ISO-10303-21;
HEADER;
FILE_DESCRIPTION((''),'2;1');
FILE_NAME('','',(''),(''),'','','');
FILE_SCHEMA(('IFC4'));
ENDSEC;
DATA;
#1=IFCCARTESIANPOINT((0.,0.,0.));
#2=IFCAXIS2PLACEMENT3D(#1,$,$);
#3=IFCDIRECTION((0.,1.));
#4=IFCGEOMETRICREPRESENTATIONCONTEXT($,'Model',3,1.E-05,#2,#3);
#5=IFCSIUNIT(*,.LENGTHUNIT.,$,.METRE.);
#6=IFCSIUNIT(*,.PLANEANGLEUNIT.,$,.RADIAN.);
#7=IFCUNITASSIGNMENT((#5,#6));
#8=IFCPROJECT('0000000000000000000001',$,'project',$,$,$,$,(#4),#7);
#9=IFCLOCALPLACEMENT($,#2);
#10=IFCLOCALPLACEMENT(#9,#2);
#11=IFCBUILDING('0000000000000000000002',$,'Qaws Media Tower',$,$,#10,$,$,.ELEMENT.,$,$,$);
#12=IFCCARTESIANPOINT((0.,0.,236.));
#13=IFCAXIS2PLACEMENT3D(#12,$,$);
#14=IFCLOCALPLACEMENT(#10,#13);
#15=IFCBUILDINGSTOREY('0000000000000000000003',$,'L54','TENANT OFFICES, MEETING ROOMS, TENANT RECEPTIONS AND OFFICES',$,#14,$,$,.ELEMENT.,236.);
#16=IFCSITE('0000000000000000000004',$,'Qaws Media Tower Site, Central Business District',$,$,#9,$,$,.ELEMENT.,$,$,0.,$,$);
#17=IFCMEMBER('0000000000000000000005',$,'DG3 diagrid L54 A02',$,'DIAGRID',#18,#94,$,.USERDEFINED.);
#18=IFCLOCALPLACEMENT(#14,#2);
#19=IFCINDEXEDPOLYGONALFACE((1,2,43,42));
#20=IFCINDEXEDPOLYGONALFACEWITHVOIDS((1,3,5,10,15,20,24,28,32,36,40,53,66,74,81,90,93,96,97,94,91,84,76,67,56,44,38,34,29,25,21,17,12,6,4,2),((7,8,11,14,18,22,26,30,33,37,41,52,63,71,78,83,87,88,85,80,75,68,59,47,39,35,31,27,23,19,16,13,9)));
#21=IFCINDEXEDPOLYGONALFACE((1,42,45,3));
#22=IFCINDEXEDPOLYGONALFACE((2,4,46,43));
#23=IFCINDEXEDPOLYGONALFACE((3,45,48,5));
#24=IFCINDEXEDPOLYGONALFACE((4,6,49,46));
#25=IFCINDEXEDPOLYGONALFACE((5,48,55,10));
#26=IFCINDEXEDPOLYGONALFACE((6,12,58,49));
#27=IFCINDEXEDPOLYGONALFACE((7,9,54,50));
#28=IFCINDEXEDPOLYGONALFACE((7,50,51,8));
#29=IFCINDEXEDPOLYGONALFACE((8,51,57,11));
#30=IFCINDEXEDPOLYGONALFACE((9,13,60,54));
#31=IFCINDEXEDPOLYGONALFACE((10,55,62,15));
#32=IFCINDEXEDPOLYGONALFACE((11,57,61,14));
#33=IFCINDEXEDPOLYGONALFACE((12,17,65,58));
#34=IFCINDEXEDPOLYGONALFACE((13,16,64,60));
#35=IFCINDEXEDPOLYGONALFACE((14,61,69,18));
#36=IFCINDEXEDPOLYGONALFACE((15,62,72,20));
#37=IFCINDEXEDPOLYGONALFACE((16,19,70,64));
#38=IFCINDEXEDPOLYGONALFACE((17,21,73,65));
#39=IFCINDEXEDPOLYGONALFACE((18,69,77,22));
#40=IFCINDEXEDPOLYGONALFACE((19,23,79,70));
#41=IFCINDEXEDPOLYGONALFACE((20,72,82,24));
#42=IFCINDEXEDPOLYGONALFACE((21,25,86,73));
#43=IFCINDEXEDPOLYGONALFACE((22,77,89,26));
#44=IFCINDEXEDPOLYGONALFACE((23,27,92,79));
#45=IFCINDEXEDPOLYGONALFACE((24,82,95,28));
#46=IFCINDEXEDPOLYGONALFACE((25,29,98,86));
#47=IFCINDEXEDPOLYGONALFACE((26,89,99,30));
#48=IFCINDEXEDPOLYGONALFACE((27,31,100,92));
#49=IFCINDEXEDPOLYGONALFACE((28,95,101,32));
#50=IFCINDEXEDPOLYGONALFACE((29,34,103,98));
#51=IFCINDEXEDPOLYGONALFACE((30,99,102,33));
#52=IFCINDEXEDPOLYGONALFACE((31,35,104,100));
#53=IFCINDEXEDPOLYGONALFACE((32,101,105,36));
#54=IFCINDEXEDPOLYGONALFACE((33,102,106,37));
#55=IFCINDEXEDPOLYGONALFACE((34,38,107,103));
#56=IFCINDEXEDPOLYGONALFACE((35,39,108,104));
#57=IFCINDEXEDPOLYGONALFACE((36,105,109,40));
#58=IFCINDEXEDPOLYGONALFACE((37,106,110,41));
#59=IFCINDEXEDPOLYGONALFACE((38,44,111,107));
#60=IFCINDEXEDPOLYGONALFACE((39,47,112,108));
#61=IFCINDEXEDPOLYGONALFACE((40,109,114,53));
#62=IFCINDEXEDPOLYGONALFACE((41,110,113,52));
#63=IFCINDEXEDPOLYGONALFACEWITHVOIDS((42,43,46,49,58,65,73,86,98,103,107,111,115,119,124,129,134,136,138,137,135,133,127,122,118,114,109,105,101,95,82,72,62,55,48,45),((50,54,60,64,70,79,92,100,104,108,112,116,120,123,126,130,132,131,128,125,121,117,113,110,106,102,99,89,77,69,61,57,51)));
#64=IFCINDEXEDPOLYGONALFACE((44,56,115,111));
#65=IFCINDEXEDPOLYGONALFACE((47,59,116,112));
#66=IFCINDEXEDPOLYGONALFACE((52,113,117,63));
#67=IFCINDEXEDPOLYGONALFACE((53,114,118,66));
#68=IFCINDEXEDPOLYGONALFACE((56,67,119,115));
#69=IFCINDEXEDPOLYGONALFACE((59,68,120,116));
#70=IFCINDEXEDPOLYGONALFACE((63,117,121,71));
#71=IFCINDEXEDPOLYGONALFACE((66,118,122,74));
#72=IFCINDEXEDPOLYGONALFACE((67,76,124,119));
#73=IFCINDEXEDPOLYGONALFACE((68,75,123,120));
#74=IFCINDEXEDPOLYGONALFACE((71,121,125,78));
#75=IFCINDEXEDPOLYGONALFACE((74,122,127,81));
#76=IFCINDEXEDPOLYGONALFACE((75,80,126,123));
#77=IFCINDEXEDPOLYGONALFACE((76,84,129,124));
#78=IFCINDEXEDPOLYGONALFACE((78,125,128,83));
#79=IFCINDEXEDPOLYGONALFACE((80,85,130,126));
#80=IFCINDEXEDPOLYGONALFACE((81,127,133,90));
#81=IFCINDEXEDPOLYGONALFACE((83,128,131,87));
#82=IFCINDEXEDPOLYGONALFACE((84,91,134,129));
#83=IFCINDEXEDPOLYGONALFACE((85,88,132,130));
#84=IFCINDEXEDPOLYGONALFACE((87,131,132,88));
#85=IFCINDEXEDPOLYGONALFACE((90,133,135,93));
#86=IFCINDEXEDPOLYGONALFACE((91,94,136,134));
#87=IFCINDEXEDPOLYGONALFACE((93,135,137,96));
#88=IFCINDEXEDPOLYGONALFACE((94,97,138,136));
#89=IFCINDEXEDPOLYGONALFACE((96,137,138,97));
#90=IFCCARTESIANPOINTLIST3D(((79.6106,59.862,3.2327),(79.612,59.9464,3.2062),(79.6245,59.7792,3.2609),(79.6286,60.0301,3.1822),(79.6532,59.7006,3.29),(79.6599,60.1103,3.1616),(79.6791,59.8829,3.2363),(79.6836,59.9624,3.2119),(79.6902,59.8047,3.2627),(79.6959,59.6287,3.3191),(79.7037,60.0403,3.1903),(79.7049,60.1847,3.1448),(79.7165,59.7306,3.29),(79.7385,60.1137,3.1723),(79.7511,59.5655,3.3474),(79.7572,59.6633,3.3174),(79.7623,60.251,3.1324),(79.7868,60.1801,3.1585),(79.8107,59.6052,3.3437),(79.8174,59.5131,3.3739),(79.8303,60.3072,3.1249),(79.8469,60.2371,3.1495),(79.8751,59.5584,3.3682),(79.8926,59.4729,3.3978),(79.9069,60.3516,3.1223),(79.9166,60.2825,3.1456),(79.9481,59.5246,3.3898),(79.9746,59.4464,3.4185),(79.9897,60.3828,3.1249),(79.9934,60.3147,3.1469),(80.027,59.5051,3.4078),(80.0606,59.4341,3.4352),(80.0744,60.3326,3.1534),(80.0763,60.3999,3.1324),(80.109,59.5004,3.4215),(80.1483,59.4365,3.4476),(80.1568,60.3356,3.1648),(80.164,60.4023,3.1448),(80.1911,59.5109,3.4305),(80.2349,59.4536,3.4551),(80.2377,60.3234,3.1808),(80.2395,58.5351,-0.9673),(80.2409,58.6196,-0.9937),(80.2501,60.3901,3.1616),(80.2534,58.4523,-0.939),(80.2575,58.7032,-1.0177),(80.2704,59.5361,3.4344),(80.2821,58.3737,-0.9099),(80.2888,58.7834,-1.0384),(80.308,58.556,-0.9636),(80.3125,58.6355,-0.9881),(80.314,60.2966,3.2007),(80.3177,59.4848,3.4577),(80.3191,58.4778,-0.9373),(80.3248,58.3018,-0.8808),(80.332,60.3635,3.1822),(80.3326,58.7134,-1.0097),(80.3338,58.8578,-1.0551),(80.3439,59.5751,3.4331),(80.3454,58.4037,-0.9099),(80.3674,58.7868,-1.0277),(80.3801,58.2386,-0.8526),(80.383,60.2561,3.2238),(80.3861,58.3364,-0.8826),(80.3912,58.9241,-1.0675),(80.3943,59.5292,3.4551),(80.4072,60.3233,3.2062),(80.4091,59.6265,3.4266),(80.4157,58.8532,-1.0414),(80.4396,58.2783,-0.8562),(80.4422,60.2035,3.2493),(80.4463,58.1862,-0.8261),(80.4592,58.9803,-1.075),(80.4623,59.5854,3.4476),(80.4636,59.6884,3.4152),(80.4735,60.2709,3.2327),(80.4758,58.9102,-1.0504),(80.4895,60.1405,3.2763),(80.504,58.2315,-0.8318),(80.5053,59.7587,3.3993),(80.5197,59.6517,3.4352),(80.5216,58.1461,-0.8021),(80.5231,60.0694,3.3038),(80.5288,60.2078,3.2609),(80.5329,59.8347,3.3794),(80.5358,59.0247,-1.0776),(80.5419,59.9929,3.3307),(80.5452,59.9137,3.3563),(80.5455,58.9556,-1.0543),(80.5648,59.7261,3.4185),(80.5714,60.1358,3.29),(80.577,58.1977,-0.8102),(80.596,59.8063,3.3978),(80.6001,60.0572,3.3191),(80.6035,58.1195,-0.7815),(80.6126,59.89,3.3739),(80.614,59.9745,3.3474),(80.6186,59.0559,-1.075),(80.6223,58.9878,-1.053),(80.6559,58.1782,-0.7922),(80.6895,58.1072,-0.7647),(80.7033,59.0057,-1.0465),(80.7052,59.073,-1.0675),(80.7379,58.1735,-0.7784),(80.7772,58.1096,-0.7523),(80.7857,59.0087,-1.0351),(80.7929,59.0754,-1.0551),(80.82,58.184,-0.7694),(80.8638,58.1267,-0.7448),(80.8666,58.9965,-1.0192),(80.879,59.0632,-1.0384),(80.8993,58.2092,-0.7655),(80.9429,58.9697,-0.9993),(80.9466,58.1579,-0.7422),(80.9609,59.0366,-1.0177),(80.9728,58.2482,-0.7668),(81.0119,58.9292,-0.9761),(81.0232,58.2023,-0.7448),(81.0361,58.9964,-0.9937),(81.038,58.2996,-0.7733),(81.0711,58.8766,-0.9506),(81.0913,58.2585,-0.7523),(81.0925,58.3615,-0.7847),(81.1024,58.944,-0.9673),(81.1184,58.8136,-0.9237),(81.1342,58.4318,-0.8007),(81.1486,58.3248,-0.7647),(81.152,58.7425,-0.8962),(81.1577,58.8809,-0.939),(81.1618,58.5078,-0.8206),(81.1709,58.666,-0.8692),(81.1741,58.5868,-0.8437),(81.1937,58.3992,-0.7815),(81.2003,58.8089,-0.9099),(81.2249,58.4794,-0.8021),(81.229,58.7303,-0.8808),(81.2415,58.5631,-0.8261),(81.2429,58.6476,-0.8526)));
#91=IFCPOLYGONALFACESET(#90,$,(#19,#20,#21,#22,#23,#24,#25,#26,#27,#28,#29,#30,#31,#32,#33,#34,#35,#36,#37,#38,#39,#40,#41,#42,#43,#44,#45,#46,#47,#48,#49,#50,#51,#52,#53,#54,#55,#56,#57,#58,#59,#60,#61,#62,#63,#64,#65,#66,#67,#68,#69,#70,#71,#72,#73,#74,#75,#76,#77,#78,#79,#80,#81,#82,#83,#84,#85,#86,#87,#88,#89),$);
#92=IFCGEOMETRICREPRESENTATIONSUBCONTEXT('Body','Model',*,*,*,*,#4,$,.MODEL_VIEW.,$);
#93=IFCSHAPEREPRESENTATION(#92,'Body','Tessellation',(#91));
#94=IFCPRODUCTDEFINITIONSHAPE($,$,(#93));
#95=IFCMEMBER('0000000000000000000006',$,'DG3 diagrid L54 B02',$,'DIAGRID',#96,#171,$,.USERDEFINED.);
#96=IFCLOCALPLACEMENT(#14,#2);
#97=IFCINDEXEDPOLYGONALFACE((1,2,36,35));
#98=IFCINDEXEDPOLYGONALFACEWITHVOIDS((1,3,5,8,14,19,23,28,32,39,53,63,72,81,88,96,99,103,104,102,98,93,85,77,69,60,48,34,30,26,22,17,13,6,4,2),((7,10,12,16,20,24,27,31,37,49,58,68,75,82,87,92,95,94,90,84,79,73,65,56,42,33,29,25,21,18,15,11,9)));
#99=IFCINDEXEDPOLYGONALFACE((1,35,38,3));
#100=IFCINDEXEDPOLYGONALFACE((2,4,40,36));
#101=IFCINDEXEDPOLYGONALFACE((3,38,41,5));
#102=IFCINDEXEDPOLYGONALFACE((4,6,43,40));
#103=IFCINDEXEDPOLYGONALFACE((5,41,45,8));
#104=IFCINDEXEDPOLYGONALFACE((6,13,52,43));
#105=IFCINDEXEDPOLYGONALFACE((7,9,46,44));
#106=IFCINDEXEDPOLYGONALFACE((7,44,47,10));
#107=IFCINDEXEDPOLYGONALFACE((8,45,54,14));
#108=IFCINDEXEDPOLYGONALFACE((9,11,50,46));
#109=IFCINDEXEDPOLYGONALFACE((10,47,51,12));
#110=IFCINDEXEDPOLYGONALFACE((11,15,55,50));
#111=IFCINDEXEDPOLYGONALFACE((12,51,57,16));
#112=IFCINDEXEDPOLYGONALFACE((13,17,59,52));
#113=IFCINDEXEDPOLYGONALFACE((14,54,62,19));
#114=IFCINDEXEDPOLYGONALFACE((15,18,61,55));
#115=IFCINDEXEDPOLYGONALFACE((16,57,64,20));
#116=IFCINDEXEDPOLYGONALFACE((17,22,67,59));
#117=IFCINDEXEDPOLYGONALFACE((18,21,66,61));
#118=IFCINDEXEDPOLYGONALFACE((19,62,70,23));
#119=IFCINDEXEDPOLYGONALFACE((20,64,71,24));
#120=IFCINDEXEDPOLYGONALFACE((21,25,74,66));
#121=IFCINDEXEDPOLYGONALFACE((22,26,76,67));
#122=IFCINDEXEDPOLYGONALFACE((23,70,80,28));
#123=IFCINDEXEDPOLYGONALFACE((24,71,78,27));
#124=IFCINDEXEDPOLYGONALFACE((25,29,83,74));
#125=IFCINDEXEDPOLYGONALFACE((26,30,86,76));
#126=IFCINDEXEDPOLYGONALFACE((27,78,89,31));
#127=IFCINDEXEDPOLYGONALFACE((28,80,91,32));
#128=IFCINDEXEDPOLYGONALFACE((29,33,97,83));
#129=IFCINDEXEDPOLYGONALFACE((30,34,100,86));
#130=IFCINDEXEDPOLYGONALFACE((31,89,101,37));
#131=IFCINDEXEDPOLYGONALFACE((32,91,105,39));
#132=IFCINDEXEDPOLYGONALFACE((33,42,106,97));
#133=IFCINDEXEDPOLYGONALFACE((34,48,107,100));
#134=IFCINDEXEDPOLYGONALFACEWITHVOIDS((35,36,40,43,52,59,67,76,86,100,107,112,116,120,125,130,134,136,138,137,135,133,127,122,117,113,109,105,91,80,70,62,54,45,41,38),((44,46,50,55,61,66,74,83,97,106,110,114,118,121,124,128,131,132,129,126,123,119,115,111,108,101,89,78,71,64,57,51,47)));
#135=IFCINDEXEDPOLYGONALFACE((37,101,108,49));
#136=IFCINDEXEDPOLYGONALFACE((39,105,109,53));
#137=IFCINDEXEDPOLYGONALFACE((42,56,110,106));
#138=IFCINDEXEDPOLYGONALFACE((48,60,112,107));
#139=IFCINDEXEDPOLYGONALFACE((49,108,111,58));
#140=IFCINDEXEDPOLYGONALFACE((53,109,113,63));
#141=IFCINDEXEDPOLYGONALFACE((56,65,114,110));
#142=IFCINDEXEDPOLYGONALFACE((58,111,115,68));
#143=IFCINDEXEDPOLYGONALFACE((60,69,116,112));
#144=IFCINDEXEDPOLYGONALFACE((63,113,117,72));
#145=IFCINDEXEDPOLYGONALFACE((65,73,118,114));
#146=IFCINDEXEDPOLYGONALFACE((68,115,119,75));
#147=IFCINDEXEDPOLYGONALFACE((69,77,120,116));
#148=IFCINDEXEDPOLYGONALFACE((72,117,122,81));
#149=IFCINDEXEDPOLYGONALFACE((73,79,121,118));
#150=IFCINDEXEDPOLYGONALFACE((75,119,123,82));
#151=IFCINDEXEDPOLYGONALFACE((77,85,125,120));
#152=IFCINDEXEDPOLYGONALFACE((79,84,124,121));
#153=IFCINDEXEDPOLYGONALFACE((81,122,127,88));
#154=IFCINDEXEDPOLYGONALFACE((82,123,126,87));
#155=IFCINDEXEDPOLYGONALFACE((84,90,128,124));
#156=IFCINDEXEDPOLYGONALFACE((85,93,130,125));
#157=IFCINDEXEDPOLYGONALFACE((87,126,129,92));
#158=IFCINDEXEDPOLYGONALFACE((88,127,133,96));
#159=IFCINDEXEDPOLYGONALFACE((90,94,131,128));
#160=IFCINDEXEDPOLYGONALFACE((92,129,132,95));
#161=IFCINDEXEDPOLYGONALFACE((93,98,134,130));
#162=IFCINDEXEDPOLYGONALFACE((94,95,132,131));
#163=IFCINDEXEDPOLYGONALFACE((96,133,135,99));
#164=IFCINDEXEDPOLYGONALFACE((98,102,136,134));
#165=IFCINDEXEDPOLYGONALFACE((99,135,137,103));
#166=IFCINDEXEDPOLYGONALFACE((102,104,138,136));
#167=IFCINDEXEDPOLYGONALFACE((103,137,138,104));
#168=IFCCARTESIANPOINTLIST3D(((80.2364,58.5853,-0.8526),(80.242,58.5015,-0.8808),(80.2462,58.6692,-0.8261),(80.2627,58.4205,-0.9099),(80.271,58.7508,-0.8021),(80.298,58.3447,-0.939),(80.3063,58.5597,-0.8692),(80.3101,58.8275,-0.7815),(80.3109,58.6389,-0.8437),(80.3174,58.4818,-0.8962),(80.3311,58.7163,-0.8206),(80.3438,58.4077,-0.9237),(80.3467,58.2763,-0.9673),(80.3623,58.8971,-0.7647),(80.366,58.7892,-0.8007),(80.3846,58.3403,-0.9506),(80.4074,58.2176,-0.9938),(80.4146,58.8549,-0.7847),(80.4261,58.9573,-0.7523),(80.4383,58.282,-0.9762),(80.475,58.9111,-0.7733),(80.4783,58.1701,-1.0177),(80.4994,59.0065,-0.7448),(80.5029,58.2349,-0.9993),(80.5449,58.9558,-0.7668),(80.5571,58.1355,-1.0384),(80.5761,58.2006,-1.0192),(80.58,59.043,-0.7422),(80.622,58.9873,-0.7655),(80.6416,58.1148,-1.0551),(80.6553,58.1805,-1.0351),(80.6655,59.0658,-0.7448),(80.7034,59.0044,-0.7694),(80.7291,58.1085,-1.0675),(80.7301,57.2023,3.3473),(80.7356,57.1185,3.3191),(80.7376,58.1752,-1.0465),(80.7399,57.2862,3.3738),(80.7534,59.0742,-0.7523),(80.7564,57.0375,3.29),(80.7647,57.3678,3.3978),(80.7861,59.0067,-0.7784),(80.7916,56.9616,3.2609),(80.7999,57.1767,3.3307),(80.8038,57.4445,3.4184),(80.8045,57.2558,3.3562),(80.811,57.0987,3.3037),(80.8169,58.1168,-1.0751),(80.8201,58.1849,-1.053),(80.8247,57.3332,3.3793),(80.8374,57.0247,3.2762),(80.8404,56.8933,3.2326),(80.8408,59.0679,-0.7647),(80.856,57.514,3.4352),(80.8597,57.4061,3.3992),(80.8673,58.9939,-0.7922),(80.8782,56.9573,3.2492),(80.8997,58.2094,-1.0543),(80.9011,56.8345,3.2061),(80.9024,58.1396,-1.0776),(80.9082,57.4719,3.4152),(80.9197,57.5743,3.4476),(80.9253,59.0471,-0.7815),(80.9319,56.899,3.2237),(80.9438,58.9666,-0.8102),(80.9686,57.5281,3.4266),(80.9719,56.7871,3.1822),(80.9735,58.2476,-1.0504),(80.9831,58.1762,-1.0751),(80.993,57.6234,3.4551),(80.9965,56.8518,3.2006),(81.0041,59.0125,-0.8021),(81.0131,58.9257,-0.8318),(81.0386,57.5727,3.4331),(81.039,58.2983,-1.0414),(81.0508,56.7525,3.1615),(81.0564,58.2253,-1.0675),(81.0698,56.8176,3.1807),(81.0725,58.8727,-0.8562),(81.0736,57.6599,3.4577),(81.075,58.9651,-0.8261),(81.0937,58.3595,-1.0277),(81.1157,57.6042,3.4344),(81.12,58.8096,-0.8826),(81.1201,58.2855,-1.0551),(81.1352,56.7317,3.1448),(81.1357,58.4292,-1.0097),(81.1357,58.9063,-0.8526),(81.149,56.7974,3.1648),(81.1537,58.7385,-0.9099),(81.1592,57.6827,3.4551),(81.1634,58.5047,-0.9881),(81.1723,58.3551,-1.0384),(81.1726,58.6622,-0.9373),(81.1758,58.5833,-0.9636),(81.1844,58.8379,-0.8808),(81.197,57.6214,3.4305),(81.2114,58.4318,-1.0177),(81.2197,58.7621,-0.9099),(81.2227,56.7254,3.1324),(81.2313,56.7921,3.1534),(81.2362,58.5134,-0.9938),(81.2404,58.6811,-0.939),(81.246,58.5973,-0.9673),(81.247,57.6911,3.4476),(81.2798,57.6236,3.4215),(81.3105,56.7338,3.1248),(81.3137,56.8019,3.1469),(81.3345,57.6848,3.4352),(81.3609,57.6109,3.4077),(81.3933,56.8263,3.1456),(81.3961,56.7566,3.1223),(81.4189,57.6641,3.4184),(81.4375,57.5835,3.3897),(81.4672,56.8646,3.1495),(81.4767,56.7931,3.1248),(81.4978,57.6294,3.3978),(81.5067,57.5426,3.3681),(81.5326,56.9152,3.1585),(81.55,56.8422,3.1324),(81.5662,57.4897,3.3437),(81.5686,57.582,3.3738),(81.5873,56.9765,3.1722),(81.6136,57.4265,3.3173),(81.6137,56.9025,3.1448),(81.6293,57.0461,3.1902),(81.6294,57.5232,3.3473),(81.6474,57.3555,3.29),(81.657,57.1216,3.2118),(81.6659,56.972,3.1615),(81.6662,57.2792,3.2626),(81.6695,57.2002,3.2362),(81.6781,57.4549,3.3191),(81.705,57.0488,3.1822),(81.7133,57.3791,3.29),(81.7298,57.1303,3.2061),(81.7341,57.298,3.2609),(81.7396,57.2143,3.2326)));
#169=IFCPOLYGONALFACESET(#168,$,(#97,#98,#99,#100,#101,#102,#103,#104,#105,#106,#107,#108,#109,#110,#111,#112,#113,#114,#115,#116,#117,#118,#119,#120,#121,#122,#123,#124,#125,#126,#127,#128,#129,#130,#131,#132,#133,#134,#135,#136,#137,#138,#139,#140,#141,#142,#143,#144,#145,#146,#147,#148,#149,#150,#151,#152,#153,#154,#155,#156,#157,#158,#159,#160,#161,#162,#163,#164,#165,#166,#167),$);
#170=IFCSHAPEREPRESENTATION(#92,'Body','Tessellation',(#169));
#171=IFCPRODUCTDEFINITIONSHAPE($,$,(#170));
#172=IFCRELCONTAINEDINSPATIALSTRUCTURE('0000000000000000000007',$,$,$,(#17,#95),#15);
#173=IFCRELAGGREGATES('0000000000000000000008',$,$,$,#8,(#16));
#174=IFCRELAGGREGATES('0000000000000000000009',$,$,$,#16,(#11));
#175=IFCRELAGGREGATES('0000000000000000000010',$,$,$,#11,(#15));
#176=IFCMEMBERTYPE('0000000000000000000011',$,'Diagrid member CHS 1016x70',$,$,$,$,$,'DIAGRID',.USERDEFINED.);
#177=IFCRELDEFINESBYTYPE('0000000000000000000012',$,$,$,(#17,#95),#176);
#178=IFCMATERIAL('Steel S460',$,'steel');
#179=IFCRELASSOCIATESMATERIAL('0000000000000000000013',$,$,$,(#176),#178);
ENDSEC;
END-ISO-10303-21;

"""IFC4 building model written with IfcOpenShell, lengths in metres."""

from ifc_helpers import new_model, si_unit, direction, frame, origin, origin_2d, place, context, subcontext, project, spatial, hollow_circle, extrude, material, material_profile, profile_set, type_object, element, save


model = new_model("IFC4")

# Units and contexts
model_context = context("Model", 3, precision=1e-05, world=origin(), true_north=direction((0.0, 1.0)))
body_context = subcontext(model_context, "Body", "Model", "MODEL_VIEW")
ifc_project = project(units=[si_unit("LENGTHUNIT", "METRE"), si_unit("PLANEANGLEUNIT", "RADIAN")], contexts=[model_context])

# Site, building, storey
site_placement = place(None, origin())
site = spatial("IfcSite", under=ifc_project, at=site_placement, Name="Qaws Media Tower Site, Central Business District", CompositionType="ELEMENT", RefElevation=0.0)
building_placement = place(site_placement, origin())
building = spatial("IfcBuilding", under=site, at=building_placement, Name="Qaws Media Tower", CompositionType="ELEMENT")
storey_placement = place(building_placement, frame((0.0, 0.0, 236.0)))
storey = spatial("IfcBuildingStorey", under=building, at=storey_placement, Name="L54", Description="TENANT OFFICES, MEETING ROOMS, TENANT RECEPTIONS AND OFFICES", CompositionType="ELEMENT", Elevation=236.0)

# Members
ifc_material_1 = material(Name="Steel S460", Category="steel")
ifc_material_profile_1 = material_profile(ifc_material_1, hollow_circle(Radius=0.5081, WallThickness=0.0701, at=origin_2d()), Name="CHS 1016x70")
ifc_profile_set_1 = profile_set([ifc_material_profile_1], Name="Steel S460")
member_type_1 = type_object("IfcMemberType", Name="Diagrid member CHS 1016x70", ElementType="DIAGRID", PredefinedType="USERDEFINED", material=ifc_profile_set_1)
for number, where, z_axis, x_axis, name in (
    (1, (80.7412, 58.5913, -0.9099), (-0.141351, 0.298231, 0.943969), (-0.90364, -0.428294, 0.0), "DG3 diagrid L54 A02"),
    (2, (80.7412, 58.5913, -0.9099), (0.110951, -0.310849, 0.943961), (0.941806, 0.336157, 0.0), "DG3 diagrid L54 B02"),
):
    element("IfcMember", number, at=place(storey_placement, frame(where, z_axis=z_axis, x_axis=x_axis)), inside=storey, type_object=member_type_1, Name=name, ObjectType="DIAGRID", PredefinedType="USERDEFINED", context=body_context, shape_type="SweptSolid", body=[
        extrude(hollow_circle(Radius=0.5081, WallThickness=0.0701, at=origin_2d()), origin(), (0.0, 0.0, 1.0), 4.4492),
    ])

save(model, "model.ifc")
